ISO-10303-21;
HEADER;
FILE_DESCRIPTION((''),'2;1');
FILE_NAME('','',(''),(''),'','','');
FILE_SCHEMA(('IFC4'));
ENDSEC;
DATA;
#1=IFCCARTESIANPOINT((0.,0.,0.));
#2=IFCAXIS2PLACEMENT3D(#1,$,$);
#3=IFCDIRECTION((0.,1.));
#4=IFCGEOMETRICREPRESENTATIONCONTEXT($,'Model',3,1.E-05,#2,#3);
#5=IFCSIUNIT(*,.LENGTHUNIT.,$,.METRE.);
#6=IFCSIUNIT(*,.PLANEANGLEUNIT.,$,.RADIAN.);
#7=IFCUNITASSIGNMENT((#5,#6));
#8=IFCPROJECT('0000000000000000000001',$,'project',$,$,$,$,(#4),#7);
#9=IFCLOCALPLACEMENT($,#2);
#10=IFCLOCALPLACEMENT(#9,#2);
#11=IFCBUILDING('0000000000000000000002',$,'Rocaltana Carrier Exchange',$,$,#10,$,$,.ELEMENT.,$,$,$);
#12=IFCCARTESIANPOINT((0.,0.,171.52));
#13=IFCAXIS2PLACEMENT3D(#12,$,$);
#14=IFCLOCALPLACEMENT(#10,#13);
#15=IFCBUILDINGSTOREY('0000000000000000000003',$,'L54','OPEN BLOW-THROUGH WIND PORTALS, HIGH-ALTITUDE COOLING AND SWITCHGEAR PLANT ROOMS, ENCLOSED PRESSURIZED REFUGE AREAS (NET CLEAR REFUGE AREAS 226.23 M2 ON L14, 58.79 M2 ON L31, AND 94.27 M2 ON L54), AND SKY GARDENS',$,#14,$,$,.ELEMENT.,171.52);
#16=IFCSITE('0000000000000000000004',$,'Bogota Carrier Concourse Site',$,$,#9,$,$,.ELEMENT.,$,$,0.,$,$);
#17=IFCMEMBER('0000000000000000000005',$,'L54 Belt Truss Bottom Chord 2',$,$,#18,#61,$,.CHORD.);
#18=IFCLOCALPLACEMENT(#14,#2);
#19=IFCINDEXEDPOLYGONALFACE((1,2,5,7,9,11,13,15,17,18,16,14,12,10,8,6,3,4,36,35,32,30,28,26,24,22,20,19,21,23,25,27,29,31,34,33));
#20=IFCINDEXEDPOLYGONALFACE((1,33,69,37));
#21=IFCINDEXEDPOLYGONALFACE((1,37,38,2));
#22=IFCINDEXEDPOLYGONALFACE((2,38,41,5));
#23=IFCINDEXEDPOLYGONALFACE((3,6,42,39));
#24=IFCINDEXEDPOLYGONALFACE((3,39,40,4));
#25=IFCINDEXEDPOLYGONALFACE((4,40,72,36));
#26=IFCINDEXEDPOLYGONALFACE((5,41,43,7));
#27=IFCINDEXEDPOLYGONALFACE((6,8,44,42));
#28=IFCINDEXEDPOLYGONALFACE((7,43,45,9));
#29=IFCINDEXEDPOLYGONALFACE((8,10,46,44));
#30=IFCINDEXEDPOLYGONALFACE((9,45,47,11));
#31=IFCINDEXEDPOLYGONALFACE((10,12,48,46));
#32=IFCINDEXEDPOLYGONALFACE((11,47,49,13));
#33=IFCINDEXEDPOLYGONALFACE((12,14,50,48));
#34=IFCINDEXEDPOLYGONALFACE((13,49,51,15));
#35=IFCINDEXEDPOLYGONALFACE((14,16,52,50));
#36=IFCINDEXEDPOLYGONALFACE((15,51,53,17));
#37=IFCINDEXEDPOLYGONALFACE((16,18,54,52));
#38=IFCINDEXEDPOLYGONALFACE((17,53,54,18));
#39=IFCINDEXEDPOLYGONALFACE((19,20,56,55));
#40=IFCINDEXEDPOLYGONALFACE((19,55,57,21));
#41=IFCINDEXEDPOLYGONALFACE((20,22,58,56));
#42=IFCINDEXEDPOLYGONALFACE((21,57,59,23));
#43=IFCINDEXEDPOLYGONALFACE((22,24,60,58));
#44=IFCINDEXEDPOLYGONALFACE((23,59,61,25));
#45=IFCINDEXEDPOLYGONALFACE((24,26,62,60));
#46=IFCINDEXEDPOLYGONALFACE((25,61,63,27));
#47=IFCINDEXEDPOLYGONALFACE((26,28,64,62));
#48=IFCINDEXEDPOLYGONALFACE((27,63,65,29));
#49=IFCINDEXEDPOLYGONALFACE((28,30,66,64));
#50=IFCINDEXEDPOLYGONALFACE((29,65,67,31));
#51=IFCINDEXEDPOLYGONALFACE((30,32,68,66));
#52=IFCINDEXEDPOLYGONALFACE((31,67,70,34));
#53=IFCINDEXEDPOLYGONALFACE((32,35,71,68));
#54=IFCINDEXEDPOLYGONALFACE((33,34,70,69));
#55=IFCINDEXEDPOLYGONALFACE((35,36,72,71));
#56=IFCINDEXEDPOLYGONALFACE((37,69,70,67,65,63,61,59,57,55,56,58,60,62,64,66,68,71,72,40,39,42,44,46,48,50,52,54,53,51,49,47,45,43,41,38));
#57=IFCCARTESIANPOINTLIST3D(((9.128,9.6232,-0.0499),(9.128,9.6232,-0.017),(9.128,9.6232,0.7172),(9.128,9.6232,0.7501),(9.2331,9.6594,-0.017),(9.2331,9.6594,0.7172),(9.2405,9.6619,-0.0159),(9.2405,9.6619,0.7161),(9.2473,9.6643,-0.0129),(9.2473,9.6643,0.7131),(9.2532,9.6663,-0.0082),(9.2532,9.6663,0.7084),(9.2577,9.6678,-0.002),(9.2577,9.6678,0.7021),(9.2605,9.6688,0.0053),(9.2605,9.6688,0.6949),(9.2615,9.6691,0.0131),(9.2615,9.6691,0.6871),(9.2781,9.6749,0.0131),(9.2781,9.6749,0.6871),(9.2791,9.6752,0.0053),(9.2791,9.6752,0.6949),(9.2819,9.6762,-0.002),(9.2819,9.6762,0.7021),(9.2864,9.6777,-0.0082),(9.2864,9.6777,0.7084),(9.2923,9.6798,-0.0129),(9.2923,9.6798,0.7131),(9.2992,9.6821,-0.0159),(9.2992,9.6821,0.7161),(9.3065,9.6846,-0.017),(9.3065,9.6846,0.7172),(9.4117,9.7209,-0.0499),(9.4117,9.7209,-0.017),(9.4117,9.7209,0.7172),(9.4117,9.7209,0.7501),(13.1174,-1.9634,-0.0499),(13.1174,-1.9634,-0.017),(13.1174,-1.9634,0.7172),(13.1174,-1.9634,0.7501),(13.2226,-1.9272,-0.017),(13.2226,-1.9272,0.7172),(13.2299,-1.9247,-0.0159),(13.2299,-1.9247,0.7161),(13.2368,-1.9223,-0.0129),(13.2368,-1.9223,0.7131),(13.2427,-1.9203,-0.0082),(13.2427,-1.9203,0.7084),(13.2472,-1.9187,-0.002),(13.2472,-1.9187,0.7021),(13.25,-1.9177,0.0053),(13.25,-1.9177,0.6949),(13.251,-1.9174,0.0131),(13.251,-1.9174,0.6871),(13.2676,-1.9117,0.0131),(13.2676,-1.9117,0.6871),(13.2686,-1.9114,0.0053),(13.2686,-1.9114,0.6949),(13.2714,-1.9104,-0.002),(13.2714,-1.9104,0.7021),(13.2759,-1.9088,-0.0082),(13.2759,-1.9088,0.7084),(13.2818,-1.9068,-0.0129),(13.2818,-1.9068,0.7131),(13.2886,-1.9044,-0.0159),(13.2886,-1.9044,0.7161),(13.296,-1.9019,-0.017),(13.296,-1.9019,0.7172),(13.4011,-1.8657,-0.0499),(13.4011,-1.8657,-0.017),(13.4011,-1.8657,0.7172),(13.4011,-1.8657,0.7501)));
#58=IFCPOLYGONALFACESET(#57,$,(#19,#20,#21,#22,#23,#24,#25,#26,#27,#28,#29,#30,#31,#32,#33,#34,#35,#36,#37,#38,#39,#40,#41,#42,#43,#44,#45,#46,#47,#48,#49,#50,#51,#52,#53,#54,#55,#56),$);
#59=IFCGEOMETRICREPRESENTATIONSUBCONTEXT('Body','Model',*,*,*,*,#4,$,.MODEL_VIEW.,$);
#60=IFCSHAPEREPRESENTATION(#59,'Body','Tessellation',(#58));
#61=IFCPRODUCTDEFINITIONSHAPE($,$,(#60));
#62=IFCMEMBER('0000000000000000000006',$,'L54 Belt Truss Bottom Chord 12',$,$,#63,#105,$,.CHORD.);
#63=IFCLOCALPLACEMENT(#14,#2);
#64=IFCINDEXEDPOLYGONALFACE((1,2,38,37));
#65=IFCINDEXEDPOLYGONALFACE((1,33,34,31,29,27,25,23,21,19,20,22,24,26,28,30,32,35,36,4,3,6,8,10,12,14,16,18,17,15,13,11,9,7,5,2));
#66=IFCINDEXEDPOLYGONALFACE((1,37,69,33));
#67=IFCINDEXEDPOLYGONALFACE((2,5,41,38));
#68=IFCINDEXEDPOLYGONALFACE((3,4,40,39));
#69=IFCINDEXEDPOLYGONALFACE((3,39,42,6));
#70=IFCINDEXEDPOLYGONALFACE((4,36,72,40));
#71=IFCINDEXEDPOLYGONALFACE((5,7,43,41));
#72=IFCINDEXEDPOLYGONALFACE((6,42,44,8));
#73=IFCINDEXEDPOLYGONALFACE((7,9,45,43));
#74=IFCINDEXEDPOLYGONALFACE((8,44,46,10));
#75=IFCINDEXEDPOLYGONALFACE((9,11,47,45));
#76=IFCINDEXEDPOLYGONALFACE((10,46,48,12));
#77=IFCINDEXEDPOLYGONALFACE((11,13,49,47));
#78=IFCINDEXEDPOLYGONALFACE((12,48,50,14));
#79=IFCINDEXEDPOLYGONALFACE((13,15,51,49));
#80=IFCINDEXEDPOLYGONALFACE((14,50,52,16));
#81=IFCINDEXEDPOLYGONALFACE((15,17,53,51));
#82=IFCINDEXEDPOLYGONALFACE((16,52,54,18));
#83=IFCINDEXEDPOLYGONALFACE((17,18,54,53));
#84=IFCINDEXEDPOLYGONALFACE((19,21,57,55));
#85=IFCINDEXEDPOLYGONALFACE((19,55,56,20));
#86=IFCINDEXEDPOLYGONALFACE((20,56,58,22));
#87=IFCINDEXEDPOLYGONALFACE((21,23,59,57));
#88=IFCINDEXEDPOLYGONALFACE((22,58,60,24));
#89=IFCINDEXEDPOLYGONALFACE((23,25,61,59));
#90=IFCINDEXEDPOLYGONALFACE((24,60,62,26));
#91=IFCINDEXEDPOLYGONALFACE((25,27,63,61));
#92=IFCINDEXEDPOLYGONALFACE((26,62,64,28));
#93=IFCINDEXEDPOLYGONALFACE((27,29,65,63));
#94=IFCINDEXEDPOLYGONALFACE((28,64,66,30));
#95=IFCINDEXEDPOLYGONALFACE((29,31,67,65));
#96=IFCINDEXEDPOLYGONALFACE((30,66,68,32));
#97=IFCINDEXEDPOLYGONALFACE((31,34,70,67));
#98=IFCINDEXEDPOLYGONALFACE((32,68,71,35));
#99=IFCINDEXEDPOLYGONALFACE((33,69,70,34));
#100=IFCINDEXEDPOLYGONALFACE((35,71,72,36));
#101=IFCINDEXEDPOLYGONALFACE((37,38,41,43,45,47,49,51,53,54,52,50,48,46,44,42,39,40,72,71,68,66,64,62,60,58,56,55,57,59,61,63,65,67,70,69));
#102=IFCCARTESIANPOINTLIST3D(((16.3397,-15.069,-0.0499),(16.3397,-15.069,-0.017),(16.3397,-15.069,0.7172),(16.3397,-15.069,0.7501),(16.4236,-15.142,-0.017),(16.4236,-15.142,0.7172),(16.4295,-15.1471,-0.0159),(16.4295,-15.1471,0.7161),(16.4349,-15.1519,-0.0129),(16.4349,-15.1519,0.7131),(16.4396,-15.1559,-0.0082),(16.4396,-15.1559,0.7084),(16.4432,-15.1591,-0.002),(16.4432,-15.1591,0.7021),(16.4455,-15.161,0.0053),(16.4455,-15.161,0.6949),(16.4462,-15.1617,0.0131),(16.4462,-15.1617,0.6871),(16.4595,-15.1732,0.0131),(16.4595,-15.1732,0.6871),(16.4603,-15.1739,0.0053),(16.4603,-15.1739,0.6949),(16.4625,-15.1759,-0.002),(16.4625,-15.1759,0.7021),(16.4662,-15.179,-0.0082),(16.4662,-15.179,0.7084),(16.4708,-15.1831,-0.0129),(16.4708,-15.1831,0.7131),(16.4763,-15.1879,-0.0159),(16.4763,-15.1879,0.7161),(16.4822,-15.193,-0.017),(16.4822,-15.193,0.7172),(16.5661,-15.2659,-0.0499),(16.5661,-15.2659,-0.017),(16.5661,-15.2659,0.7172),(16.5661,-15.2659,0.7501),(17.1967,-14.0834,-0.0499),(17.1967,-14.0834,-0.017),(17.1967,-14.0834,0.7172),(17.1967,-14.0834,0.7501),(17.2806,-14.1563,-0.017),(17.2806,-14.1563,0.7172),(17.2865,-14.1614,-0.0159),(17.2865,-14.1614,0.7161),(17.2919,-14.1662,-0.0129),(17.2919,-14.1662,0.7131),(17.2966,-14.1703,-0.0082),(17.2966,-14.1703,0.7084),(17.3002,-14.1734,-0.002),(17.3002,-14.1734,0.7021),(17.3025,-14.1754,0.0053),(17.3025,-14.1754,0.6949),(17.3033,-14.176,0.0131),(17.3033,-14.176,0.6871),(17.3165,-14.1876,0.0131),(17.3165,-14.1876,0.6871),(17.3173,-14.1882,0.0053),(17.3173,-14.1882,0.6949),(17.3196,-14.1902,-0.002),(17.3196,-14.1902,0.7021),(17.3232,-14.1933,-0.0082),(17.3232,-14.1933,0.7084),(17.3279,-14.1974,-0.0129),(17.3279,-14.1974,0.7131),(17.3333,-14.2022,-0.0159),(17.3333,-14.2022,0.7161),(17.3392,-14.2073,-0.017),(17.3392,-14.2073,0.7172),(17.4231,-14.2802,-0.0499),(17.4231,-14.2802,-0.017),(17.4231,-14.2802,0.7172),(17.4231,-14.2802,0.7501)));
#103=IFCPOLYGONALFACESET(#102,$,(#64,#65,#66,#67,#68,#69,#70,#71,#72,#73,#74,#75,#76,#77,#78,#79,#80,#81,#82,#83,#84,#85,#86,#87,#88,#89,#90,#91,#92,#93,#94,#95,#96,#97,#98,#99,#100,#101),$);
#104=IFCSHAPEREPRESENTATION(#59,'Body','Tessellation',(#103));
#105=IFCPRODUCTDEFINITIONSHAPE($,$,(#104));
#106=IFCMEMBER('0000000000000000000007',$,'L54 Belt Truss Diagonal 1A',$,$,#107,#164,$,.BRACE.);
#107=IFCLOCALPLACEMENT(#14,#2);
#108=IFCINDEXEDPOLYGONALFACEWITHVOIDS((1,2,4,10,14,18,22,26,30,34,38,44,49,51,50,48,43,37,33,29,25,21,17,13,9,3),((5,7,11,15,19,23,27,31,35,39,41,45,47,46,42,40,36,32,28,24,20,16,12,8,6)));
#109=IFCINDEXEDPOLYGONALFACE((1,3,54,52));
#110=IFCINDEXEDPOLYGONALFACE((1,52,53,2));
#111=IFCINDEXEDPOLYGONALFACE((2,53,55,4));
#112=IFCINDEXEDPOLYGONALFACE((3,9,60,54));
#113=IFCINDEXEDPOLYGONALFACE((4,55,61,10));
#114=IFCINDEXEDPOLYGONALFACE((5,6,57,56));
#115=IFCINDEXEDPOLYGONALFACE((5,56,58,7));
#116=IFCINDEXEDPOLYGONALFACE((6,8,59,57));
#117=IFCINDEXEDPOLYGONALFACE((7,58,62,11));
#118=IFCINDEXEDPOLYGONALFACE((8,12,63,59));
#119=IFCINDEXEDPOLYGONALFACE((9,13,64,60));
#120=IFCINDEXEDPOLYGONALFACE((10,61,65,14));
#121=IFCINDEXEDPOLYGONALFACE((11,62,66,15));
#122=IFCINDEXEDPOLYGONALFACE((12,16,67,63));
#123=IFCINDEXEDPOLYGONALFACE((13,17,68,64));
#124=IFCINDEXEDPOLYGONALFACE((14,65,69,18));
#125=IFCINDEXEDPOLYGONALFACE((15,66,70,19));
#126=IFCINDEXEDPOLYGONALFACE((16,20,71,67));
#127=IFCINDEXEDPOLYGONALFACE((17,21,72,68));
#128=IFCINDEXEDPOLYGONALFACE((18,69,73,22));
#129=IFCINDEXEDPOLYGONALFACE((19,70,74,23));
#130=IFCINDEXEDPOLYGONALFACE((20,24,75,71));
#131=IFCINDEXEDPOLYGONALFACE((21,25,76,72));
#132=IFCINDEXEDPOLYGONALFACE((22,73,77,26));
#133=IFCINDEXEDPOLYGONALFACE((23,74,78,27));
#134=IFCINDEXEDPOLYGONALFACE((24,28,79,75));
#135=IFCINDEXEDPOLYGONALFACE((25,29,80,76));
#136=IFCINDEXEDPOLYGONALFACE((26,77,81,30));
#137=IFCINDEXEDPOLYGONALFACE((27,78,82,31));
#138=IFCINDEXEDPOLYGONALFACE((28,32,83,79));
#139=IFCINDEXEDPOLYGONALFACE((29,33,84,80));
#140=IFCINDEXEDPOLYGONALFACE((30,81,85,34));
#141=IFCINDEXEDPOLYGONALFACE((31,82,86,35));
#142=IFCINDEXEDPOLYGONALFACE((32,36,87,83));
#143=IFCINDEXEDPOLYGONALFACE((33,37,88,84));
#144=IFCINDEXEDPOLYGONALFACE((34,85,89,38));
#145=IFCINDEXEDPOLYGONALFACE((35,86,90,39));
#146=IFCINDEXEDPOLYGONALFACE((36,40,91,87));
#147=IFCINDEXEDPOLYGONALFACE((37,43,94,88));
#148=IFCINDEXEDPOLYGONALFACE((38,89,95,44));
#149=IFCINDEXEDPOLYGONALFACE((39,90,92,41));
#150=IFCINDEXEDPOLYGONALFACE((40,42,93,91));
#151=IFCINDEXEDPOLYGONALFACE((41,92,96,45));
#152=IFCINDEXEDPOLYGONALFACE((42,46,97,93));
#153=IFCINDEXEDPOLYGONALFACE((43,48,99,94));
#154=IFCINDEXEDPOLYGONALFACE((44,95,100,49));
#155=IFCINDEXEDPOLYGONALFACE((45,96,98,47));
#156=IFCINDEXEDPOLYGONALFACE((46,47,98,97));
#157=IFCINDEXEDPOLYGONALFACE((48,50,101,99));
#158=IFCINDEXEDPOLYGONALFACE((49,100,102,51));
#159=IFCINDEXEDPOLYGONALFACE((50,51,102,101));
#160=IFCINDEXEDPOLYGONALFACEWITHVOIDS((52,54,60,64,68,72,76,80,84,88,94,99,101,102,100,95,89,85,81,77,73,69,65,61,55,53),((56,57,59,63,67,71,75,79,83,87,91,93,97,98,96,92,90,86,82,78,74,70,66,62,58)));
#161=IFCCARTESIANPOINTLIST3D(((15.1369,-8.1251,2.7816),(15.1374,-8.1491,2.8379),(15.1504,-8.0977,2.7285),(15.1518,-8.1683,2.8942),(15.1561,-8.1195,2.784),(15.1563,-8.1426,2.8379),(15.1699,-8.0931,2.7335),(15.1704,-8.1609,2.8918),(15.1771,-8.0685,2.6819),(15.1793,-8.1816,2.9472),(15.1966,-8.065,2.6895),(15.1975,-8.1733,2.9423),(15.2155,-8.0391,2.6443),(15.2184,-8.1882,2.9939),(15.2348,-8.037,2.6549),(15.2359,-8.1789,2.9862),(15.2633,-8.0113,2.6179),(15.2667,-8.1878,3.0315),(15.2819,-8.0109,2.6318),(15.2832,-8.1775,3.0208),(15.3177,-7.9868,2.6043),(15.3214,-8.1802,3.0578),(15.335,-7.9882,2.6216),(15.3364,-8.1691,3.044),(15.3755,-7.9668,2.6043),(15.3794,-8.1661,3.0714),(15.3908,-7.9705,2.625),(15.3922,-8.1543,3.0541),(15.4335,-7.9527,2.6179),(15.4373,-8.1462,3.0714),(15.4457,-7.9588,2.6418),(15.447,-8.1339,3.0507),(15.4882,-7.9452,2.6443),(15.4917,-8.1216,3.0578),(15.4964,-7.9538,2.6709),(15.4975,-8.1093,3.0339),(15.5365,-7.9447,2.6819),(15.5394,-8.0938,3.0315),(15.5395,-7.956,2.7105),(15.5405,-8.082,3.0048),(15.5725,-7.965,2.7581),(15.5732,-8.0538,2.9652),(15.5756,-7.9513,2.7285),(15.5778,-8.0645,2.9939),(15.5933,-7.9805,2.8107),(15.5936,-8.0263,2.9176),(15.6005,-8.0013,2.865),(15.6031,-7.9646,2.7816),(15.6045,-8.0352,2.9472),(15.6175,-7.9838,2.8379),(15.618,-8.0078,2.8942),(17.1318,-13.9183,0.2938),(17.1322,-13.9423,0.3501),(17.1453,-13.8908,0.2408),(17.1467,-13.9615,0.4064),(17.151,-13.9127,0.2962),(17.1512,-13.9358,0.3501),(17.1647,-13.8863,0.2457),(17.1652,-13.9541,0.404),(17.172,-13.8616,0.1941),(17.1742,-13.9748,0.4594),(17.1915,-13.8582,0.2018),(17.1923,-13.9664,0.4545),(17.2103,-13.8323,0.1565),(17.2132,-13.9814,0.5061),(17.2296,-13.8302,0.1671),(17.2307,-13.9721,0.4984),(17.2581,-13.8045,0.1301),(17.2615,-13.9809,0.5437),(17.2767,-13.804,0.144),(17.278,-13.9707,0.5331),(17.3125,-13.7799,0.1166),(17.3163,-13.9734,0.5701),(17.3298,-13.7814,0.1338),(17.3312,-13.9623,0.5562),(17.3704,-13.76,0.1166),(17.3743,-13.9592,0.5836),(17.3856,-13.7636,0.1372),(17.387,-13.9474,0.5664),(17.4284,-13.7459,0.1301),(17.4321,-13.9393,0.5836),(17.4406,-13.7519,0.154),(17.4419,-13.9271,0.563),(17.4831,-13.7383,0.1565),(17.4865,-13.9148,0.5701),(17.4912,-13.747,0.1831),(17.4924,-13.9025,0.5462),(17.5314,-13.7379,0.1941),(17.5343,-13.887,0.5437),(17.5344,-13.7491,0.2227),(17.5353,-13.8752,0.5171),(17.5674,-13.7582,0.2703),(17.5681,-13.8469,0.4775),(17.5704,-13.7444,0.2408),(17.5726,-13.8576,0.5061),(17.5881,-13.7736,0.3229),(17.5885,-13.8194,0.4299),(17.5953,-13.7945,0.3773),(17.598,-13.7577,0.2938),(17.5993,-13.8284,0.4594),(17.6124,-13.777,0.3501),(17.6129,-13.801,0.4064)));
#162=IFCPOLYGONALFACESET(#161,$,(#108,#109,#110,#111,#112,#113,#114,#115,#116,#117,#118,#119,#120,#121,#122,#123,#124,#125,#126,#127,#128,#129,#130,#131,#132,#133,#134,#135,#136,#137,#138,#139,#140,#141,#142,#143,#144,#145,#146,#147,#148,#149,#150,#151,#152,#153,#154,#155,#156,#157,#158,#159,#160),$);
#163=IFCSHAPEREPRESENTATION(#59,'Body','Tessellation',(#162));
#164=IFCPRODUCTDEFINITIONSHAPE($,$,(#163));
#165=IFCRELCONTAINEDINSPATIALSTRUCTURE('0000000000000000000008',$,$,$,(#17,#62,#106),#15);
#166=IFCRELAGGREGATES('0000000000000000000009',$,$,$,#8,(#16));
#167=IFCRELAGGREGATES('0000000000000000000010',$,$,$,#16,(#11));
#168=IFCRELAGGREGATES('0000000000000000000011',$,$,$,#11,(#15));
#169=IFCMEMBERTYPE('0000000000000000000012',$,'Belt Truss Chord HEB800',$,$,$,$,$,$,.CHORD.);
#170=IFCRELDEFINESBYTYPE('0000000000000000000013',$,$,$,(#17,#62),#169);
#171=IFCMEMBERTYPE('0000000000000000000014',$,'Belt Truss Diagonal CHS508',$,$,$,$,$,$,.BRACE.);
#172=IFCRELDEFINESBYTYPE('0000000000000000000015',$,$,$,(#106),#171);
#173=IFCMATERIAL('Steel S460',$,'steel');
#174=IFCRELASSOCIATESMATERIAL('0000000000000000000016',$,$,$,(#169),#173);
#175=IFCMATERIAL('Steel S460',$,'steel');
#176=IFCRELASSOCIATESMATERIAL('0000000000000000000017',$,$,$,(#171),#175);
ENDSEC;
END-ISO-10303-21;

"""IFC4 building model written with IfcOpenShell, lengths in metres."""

from ifc_helpers import new_model, si_unit, direction, frame, origin, origin_2d, place, context, subcontext, project, spatial, hollow_circle, i_section, extrude, material, material_profile, profile_set, type_object, element, save


model = new_model("IFC4")

# Units and contexts
model_context = context("Model", 3, precision=1e-05, world=origin(), true_north=direction((0.0, 1.0)))
body_context = subcontext(model_context, "Body", "Model", "MODEL_VIEW")
ifc_project = project(units=[si_unit("LENGTHUNIT", "METRE"), si_unit("PLANEANGLEUNIT", "RADIAN")], contexts=[model_context])

# Site, building, storey
site_placement = place(None, origin())
site = spatial("IfcSite", under=ifc_project, at=site_placement, Name="Bogota Carrier Concourse Site", CompositionType="ELEMENT", RefElevation=0.0)
building_placement = place(site_placement, origin())
building = spatial("IfcBuilding", under=site, at=building_placement, Name="Rocaltana Carrier Exchange", CompositionType="ELEMENT")
storey_placement = place(building_placement, frame((0.0, 0.0, 171.52)))
storey = spatial("IfcBuildingStorey", under=building, at=storey_placement, Name="L54", Description="OPEN BLOW-THROUGH WIND PORTALS, HIGH-ALTITUDE COOLING AND SWITCHGEAR PLANT ROOMS, ENCLOSED PRESSURIZED REFUGE AREAS (NET CLEAR REFUGE AREAS 226.23 M2 ON L14, 58.79 M2 ON L31, AND 94.27 M2 ON L54), AND SKY GARDENS", CompositionType="ELEMENT", Elevation=171.52)

# Members
ifc_material_1 = material(Name="Steel S460", Category="steel")
ifc_material_profile_1 = material_profile(ifc_material_1, i_section(OverallWidth=0.3, OverallDepth=0.8, WebThickness=0.0176, FlangeThickness=0.033, FilletRadius=0.03, at=origin_2d()), Name="HEB800")
ifc_profile_set_1 = profile_set([ifc_material_profile_1], Name="Steel S460")
member_type_1 = type_object("IfcMemberType", Name="Belt Truss Chord HEB800", PredefinedType="CHORD", material=ifc_profile_set_1)
for number, where, z_axis, x_axis, name in (
    (1, (13.2593, -1.9146, 0.3501), (-0.32556, 0.945521, 0.0), (-0.945521, -0.32556, 0.0), "L54 Belt Truss Bottom Chord 2"),
):
    element("IfcMember", number, at=place(storey_placement, frame(where, z_axis=z_axis, x_axis=x_axis)), inside=storey, type_object=member_type_1, Name=name, PredefinedType="CHORD", context=body_context, shape_type="SweptSolid", body=[
        extrude(i_section(OverallWidth=0.3, OverallDepth=0.8, WebThickness=0.0176, FlangeThickness=0.033, FilletRadius=0.03, at=origin_2d()), origin(), (0.0, 0.0, 1.0), 12.2542),
    ])
member_1_placement = place(storey_placement, frame((16.4529, -15.1675, 0.3501), z_axis=(0.656132, 0.754646, 0.0), x_axis=(-0.754646, 0.656132, 0.0)))
element("IfcMember", 2, at=member_1_placement, inside=storey, type_object=member_type_1, Name="L54 Belt Truss Bottom Chord 12", PredefinedType="CHORD", context=body_context, shape_type="SweptSolid", body=[
    extrude(i_section(OverallWidth=0.3, OverallDepth=0.8, WebThickness=0.0176, FlangeThickness=0.033, FilletRadius=0.03, at=origin_2d()), origin(), (0.0, 0.0, 1.0), 1.3062),
])
ifc_material_2 = material(Name="Steel S460", Category="steel")
ifc_material_profile_2 = material_profile(ifc_material_2, hollow_circle(Radius=0.2539, WallThickness=0.02, at=origin_2d()), Name="CHS508X20")
ifc_profile_set_2 = profile_set([ifc_material_profile_2], Name="Steel S460")
member_type_2 = type_object("IfcMemberType", Name="Belt Truss Diagonal CHS508", PredefinedType="BRACE", material=ifc_profile_set_2)
member_2_placement = place(storey_placement, frame((17.3723, -13.8596, 0.3501), z_axis=(-0.301666, 0.876052, 0.376205), x_axis=(-0.945513, -0.325584, 0.0)))
element("IfcMember", 3, at=member_2_placement, inside=storey, type_object=member_type_2, Name="L54 Belt Truss Diagonal 1A", PredefinedType="BRACE", context=body_context, shape_type="SweptSolid", body=[
    extrude(hollow_circle(Radius=0.2539, WallThickness=0.02, at=origin_2d()), origin(), (0.0, 0.0, 1.0), 6.6128),
])

save(model, "model.ifc")
